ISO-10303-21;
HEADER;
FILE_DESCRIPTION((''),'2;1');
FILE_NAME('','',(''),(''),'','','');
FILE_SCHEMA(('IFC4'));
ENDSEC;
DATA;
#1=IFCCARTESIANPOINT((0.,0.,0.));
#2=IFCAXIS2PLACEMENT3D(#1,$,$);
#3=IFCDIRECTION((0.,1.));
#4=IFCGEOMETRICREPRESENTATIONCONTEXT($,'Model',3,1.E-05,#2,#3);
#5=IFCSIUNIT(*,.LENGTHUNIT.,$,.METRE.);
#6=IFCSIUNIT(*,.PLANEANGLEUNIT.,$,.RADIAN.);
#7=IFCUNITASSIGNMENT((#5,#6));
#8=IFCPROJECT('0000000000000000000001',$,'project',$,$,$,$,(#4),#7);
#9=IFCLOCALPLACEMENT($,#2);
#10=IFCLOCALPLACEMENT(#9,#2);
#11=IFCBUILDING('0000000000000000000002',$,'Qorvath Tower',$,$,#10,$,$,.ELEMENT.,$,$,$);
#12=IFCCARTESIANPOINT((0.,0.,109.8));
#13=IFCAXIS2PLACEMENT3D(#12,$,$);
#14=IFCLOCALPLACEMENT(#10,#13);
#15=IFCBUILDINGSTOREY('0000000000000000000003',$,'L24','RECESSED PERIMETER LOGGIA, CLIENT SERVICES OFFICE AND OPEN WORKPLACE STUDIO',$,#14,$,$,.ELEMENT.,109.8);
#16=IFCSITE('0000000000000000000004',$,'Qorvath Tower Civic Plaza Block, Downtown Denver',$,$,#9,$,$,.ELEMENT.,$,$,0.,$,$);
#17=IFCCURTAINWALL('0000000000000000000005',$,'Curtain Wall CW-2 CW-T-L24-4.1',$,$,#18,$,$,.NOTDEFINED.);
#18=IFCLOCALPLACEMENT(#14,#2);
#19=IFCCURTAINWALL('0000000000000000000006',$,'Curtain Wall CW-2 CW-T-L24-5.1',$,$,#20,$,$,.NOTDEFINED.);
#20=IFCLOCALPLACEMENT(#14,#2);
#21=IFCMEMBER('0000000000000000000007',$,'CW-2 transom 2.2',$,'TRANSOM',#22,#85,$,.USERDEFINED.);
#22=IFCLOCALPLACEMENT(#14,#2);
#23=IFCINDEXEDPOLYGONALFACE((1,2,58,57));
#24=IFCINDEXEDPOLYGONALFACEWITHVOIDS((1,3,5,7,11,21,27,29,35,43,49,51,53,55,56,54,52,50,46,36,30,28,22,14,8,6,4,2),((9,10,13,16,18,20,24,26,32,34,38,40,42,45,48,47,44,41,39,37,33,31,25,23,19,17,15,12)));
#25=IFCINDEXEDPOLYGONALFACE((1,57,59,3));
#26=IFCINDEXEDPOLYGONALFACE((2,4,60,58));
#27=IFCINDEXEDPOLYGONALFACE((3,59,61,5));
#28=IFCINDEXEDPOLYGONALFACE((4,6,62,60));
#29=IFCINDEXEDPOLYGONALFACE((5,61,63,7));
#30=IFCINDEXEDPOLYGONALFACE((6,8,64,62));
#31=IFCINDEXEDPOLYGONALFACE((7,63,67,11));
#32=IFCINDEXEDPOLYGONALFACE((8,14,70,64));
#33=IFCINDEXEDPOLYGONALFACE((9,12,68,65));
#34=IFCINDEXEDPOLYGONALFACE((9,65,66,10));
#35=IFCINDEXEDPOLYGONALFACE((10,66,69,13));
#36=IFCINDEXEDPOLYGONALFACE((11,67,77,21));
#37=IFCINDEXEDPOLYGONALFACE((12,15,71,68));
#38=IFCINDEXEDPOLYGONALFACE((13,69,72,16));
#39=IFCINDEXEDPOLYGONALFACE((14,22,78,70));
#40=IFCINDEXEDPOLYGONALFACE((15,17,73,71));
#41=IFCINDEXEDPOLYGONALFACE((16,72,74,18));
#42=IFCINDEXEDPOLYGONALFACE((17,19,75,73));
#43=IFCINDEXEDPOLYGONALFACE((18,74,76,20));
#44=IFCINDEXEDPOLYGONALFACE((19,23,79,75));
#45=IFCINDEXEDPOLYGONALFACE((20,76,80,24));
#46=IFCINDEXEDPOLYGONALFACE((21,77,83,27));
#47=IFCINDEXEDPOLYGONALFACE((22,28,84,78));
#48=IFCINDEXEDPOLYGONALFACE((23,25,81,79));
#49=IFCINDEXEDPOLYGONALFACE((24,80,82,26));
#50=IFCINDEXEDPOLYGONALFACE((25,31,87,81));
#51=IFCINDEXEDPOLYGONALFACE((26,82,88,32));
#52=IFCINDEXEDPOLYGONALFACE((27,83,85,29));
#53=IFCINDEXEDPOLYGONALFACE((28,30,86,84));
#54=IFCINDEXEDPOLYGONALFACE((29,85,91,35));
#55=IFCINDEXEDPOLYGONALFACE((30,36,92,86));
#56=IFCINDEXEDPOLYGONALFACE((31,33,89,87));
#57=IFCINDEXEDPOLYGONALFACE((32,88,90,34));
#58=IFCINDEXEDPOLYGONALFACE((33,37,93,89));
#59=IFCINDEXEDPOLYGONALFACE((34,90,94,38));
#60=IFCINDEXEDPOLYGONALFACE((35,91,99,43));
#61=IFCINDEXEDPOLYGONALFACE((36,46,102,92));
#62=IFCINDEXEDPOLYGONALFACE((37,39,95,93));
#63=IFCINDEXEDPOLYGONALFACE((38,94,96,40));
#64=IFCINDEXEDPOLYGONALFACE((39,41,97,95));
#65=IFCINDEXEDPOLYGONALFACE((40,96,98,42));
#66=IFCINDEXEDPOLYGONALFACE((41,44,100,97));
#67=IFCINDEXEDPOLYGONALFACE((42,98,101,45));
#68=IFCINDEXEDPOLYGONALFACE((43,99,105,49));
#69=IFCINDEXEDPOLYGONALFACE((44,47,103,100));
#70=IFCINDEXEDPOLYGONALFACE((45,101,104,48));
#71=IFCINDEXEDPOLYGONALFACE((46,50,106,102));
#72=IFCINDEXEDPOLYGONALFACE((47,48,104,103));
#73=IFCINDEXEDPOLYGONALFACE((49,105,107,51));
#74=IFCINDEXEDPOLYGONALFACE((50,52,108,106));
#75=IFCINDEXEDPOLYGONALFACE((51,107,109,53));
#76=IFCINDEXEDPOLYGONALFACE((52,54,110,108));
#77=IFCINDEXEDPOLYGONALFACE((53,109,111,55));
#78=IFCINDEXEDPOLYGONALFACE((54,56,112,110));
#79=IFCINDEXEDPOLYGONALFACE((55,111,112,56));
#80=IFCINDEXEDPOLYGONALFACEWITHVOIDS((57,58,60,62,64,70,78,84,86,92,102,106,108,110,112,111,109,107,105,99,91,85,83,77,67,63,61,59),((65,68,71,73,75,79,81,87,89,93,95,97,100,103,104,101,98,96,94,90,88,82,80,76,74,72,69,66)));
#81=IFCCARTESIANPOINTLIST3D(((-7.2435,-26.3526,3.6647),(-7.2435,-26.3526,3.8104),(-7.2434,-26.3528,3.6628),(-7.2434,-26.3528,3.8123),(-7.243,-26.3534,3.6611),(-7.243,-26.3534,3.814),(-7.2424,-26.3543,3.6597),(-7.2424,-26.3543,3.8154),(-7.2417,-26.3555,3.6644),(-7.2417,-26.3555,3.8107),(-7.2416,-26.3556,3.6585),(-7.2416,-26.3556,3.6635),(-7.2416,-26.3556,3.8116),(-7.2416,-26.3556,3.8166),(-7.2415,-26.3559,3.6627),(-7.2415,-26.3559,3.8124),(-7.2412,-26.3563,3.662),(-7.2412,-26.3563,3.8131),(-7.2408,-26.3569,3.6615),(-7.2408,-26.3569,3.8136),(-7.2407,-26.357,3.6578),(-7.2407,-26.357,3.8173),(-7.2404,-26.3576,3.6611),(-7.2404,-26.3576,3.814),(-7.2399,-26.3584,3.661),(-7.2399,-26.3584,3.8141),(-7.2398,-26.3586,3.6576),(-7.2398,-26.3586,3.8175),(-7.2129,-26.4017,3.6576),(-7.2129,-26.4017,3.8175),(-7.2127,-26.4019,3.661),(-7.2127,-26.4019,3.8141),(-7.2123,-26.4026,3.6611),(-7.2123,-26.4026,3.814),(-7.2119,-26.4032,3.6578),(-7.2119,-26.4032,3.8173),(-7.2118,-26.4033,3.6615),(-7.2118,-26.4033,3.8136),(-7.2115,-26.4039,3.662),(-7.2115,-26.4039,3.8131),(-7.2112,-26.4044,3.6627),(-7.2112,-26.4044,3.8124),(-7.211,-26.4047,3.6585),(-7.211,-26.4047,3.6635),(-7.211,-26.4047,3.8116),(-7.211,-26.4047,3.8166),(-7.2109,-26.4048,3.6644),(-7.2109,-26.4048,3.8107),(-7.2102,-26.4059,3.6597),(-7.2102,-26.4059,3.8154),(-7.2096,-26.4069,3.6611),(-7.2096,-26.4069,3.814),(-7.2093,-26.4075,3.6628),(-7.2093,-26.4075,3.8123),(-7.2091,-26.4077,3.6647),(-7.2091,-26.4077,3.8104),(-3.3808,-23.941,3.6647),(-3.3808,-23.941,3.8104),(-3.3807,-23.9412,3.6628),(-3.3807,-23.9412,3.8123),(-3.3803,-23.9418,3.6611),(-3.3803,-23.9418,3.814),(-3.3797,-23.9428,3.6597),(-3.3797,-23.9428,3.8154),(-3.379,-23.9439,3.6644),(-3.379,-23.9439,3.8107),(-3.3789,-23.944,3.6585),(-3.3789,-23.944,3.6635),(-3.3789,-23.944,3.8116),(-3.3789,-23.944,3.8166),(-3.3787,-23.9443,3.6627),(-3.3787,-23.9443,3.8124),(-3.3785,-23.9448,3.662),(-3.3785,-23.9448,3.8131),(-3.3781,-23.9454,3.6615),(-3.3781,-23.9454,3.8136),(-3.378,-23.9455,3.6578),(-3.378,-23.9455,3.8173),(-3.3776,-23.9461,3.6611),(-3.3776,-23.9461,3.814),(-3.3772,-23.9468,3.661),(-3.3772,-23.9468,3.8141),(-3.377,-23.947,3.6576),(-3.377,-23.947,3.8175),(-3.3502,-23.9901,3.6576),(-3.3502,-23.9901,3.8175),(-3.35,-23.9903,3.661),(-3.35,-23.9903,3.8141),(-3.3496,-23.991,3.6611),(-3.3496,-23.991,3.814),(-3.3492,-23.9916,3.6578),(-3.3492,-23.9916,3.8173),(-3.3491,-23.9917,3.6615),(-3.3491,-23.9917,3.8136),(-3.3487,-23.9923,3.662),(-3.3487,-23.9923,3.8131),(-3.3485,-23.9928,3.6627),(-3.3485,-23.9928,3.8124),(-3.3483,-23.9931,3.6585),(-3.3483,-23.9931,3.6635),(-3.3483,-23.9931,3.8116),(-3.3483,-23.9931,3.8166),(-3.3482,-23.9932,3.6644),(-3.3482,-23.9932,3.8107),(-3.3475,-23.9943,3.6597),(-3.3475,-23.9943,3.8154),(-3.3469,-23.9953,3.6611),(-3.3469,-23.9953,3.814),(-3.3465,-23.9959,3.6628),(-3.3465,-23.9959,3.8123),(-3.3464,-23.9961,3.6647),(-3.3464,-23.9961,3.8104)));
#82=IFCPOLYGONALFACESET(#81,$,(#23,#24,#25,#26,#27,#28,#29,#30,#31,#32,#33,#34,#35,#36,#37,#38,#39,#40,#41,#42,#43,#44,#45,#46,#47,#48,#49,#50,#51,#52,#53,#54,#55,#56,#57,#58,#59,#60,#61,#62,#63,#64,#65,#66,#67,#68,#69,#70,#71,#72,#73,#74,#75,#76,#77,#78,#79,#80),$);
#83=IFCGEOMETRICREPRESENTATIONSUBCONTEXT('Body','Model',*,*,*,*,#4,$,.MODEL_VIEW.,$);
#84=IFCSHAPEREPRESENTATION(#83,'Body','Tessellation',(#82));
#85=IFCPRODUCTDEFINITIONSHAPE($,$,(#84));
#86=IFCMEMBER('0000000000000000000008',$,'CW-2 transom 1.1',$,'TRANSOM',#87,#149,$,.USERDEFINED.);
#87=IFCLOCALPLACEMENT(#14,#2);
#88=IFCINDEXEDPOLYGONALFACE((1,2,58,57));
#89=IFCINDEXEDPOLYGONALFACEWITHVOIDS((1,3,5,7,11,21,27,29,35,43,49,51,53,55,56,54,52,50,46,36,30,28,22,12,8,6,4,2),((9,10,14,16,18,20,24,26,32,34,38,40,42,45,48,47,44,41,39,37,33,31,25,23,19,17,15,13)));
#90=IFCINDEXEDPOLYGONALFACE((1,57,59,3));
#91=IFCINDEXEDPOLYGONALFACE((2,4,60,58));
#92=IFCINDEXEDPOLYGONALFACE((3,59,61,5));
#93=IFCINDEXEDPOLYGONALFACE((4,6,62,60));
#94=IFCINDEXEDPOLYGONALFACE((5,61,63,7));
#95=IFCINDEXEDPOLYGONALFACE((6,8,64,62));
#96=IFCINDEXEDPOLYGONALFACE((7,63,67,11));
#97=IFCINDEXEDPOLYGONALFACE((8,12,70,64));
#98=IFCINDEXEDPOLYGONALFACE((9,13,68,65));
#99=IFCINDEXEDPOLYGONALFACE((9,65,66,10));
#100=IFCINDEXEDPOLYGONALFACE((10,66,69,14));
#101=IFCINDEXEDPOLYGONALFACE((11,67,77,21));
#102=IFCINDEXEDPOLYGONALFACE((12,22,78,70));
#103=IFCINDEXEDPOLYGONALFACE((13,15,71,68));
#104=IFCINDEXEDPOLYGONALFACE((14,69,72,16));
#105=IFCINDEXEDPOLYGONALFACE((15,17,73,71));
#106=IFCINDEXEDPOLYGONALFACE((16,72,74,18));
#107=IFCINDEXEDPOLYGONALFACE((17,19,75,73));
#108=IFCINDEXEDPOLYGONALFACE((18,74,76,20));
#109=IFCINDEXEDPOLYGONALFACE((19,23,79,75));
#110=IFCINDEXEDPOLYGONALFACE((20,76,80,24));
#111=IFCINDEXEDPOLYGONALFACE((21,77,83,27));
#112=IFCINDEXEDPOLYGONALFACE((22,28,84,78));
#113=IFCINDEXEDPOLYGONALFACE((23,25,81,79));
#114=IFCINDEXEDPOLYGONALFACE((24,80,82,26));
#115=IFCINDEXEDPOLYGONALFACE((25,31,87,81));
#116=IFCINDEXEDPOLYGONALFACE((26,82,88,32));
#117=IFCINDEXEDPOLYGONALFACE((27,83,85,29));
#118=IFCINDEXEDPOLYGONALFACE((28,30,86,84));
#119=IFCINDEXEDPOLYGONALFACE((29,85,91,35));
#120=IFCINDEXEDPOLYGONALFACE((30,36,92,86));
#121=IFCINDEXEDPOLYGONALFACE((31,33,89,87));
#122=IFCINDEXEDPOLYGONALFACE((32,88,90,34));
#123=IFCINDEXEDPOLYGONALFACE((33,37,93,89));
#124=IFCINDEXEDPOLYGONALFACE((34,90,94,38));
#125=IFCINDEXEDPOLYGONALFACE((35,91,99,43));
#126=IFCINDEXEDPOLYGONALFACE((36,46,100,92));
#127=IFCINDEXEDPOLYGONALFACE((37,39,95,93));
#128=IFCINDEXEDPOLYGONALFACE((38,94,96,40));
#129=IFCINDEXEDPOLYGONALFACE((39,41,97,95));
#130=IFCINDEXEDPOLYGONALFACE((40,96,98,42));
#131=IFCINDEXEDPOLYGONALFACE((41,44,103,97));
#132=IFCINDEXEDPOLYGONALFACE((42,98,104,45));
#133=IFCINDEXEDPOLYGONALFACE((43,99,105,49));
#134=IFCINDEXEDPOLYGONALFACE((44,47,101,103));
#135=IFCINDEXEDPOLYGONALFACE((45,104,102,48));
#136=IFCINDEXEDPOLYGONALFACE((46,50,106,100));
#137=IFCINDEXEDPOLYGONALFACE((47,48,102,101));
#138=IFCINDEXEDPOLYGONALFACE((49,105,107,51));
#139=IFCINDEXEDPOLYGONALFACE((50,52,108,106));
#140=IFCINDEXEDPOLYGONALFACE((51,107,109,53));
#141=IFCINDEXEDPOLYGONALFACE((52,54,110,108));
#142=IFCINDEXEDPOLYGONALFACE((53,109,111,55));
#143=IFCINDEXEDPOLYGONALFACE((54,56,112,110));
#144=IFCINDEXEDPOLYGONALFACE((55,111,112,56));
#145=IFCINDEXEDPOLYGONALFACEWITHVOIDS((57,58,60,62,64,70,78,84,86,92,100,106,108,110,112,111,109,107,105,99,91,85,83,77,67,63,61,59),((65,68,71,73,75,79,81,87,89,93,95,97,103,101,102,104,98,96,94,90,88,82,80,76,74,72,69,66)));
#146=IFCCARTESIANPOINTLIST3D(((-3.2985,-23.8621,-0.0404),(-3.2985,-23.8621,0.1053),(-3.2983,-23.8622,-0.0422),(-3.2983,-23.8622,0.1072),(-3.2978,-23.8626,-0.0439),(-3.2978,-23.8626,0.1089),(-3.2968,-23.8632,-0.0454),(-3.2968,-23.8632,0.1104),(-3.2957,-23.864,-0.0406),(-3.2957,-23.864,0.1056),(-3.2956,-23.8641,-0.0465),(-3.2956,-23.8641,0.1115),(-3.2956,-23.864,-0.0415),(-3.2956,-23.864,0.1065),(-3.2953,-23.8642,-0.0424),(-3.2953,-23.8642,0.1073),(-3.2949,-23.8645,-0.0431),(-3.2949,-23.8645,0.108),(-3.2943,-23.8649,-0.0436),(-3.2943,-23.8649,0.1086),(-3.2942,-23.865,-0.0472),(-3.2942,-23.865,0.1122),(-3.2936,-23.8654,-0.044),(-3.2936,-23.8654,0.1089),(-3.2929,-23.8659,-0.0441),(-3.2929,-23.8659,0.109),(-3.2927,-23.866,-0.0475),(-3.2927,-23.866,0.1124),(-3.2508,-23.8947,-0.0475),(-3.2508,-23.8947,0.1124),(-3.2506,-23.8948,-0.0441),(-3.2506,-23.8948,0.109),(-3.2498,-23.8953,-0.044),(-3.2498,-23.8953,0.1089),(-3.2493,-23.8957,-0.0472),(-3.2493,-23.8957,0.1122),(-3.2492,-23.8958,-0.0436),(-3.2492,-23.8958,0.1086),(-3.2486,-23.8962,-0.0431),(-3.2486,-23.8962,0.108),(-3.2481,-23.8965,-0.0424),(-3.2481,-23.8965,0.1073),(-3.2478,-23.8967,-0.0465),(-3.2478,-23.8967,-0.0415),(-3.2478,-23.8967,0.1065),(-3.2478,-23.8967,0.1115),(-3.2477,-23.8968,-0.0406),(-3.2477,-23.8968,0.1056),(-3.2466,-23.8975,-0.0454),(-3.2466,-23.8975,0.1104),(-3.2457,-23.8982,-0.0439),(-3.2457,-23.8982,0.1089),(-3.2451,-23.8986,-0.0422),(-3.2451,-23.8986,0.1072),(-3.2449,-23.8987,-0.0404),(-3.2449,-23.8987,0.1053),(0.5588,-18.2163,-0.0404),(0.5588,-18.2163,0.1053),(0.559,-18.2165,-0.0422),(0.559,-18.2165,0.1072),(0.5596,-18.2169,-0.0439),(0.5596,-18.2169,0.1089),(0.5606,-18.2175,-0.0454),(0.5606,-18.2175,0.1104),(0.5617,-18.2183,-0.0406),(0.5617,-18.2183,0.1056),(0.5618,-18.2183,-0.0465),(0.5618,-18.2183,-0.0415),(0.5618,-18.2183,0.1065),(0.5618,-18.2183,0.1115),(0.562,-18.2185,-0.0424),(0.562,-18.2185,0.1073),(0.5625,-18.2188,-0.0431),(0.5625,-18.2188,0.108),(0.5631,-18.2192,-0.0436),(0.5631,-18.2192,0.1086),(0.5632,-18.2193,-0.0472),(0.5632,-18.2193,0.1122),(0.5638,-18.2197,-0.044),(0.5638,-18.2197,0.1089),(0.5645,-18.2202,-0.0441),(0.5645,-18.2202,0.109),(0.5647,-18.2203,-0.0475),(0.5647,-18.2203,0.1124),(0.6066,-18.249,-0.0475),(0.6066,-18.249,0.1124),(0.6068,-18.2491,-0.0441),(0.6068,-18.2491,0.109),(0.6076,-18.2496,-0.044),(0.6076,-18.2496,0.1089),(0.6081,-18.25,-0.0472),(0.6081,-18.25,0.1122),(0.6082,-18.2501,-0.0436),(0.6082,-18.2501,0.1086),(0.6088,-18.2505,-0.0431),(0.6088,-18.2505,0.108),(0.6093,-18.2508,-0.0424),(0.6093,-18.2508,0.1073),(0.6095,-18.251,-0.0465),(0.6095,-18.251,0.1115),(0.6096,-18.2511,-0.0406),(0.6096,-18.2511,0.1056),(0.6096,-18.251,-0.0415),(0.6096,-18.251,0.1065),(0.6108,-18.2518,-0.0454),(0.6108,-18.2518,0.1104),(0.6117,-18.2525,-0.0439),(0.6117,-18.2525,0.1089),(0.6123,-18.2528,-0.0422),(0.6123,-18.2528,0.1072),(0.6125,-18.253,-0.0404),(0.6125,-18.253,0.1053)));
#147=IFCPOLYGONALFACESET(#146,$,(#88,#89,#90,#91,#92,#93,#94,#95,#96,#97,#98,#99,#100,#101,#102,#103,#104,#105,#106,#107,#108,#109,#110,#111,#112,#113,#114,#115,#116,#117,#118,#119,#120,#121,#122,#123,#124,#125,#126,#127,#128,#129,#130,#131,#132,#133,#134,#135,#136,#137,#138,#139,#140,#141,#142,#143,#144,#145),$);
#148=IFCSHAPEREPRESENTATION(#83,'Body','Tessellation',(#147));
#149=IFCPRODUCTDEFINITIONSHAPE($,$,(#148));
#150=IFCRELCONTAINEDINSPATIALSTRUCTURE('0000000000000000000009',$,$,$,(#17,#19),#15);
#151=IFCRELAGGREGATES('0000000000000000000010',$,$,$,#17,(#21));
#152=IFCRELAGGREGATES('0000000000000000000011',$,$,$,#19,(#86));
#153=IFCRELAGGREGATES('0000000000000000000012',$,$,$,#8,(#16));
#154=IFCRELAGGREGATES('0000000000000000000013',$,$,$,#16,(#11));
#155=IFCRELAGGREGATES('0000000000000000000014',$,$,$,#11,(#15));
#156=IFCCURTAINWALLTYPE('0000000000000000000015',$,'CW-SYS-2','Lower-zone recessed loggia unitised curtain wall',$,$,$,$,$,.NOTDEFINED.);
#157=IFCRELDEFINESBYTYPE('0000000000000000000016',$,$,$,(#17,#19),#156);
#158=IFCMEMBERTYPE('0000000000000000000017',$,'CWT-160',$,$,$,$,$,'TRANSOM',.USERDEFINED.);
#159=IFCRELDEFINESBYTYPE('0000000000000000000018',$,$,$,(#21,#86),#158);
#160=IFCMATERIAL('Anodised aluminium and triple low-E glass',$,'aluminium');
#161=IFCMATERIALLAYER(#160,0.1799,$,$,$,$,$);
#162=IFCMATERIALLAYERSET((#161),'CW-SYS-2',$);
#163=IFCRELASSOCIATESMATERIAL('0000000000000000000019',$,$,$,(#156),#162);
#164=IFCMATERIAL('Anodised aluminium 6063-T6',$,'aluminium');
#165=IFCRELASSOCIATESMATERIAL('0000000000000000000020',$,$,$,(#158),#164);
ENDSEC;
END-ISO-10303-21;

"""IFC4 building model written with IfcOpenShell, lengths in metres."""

from ifc_helpers import new_model, si_unit, direction, frame, origin, origin_2d, place, context, subcontext, project, spatial, hollow_rectangle, extrude, material, layer, layer_set, material_profile, profile_set, type_object, element, aggregate, save


model = new_model("IFC4")

# Units and contexts
model_context = context("Model", 3, precision=1e-05, world=origin(), true_north=direction((0.0, 1.0)))
body_context = subcontext(model_context, "Body", "Model", "MODEL_VIEW")
ifc_project = project(units=[si_unit("LENGTHUNIT", "METRE"), si_unit("PLANEANGLEUNIT", "RADIAN")], contexts=[model_context])

# Site, building, storey
site_placement = place(None, origin())
site = spatial("IfcSite", under=ifc_project, at=site_placement, Name="Qorvath Tower Civic Plaza Block, Downtown Denver", CompositionType="ELEMENT", RefElevation=0.0)
building_placement = place(site_placement, origin())
building = spatial("IfcBuilding", under=site, at=building_placement, Name="Qorvath Tower", CompositionType="ELEMENT")
storey_placement = place(building_placement, frame((0.0, 0.0, 109.8)))
storey = spatial("IfcBuildingStorey", under=building, at=storey_placement, Name="L24", Description="RECESSED PERIMETER LOGGIA, CLIENT SERVICES OFFICE AND OPEN WORKPLACE STUDIO", CompositionType="ELEMENT", Elevation=109.8)

# Shared definitions
ifc_material_1 = material(Name="Anodised aluminium and triple low-E glass", Category="aluminium")
ifc_layer_1 = layer(ifc_material_1, 0.1799)
ifc_layer_set_1 = layer_set([ifc_layer_1], Name="CW-SYS-2")
curtain_wall_type = type_object("IfcCurtainWallType", Name="CW-SYS-2", Description="Lower-zone recessed loggia unitised curtain wall", PredefinedType="NOTDEFINED", material=ifc_layer_set_1)

# Curtain wall
curtain_wall_1_placement = place(storey_placement, origin())
curtain_wall_1 = element("IfcCurtainWall", 1, at=curtain_wall_1_placement, inside=storey, type_object=curtain_wall_type, Name="Curtain Wall CW-2 CW-T-L24-4.1", PredefinedType="NOTDEFINED")

# Curtain wall
curtain_wall_2_placement = place(storey_placement, origin())
curtain_wall_2 = element("IfcCurtainWall", 2, at=curtain_wall_2_placement, inside=storey, type_object=curtain_wall_type, Name="Curtain Wall CW-2 CW-T-L24-5.1", PredefinedType="NOTDEFINED")

# Members
ifc_material_2 = material(Name="Anodised aluminium 6063-T6", Category="aluminium")
ifc_material_profile_1 = material_profile(ifc_material_2, hollow_rectangle(XDim=0.0649, YDim=0.1599, WallThickness=0.0034, InnerFilletRadius=0.0034, OuterFilletRadius=0.0071, at=origin_2d()), Name="CWT 160x65")
ifc_profile_set_1 = profile_set([ifc_material_profile_1], Name="Anodised aluminium 6063-T6")
member_type_1 = type_object("IfcMemberType", Name="CWT-160", ElementType="TRANSOM", PredefinedType="USERDEFINED", material=ifc_profile_set_1)
member_1_placement = place(storey_placement, frame((-7.2263, -26.3801, 3.7375), z_axis=(0.848257, 0.529584, 0.0), x_axis=(-0.529584, 0.848257, 0.0)))
member_1 = element("IfcMember", 3, at=member_1_placement, type_object=member_type_1, Name="CW-2 transom 2.2", ObjectType="TRANSOM", PredefinedType="USERDEFINED", context=body_context, shape_type="SweptSolid", body=[
    extrude(hollow_rectangle(XDim=0.0649, YDim=0.1599, WallThickness=0.0034, InnerFilletRadius=0.0034, OuterFilletRadius=0.0071, at=origin_2d()), origin(), (0.0, 0.0, 1.0), 4.5537),
])
member_2_placement = place(storey_placement, frame((-3.2717, -23.8804, 0.0325), z_axis=(0.56414, 0.825679, 0.0), x_axis=(-0.825679, 0.56414, 0.0)))
member_2 = element("IfcMember", 4, at=member_2_placement, type_object=member_type_1, Name="CW-2 transom 1.1", ObjectType="TRANSOM", PredefinedType="USERDEFINED", context=body_context, shape_type="SweptSolid", body=[
    extrude(hollow_rectangle(XDim=0.0649, YDim=0.1599, WallThickness=0.0034, InnerFilletRadius=0.0034, OuterFilletRadius=0.0071, at=origin_2d()), origin(), (0.0, 0.0, 1.0), 6.8376),
])

aggregate(curtain_wall_1, [member_1])
aggregate(curtain_wall_2, [member_2])

save(model, "model.ifc")
